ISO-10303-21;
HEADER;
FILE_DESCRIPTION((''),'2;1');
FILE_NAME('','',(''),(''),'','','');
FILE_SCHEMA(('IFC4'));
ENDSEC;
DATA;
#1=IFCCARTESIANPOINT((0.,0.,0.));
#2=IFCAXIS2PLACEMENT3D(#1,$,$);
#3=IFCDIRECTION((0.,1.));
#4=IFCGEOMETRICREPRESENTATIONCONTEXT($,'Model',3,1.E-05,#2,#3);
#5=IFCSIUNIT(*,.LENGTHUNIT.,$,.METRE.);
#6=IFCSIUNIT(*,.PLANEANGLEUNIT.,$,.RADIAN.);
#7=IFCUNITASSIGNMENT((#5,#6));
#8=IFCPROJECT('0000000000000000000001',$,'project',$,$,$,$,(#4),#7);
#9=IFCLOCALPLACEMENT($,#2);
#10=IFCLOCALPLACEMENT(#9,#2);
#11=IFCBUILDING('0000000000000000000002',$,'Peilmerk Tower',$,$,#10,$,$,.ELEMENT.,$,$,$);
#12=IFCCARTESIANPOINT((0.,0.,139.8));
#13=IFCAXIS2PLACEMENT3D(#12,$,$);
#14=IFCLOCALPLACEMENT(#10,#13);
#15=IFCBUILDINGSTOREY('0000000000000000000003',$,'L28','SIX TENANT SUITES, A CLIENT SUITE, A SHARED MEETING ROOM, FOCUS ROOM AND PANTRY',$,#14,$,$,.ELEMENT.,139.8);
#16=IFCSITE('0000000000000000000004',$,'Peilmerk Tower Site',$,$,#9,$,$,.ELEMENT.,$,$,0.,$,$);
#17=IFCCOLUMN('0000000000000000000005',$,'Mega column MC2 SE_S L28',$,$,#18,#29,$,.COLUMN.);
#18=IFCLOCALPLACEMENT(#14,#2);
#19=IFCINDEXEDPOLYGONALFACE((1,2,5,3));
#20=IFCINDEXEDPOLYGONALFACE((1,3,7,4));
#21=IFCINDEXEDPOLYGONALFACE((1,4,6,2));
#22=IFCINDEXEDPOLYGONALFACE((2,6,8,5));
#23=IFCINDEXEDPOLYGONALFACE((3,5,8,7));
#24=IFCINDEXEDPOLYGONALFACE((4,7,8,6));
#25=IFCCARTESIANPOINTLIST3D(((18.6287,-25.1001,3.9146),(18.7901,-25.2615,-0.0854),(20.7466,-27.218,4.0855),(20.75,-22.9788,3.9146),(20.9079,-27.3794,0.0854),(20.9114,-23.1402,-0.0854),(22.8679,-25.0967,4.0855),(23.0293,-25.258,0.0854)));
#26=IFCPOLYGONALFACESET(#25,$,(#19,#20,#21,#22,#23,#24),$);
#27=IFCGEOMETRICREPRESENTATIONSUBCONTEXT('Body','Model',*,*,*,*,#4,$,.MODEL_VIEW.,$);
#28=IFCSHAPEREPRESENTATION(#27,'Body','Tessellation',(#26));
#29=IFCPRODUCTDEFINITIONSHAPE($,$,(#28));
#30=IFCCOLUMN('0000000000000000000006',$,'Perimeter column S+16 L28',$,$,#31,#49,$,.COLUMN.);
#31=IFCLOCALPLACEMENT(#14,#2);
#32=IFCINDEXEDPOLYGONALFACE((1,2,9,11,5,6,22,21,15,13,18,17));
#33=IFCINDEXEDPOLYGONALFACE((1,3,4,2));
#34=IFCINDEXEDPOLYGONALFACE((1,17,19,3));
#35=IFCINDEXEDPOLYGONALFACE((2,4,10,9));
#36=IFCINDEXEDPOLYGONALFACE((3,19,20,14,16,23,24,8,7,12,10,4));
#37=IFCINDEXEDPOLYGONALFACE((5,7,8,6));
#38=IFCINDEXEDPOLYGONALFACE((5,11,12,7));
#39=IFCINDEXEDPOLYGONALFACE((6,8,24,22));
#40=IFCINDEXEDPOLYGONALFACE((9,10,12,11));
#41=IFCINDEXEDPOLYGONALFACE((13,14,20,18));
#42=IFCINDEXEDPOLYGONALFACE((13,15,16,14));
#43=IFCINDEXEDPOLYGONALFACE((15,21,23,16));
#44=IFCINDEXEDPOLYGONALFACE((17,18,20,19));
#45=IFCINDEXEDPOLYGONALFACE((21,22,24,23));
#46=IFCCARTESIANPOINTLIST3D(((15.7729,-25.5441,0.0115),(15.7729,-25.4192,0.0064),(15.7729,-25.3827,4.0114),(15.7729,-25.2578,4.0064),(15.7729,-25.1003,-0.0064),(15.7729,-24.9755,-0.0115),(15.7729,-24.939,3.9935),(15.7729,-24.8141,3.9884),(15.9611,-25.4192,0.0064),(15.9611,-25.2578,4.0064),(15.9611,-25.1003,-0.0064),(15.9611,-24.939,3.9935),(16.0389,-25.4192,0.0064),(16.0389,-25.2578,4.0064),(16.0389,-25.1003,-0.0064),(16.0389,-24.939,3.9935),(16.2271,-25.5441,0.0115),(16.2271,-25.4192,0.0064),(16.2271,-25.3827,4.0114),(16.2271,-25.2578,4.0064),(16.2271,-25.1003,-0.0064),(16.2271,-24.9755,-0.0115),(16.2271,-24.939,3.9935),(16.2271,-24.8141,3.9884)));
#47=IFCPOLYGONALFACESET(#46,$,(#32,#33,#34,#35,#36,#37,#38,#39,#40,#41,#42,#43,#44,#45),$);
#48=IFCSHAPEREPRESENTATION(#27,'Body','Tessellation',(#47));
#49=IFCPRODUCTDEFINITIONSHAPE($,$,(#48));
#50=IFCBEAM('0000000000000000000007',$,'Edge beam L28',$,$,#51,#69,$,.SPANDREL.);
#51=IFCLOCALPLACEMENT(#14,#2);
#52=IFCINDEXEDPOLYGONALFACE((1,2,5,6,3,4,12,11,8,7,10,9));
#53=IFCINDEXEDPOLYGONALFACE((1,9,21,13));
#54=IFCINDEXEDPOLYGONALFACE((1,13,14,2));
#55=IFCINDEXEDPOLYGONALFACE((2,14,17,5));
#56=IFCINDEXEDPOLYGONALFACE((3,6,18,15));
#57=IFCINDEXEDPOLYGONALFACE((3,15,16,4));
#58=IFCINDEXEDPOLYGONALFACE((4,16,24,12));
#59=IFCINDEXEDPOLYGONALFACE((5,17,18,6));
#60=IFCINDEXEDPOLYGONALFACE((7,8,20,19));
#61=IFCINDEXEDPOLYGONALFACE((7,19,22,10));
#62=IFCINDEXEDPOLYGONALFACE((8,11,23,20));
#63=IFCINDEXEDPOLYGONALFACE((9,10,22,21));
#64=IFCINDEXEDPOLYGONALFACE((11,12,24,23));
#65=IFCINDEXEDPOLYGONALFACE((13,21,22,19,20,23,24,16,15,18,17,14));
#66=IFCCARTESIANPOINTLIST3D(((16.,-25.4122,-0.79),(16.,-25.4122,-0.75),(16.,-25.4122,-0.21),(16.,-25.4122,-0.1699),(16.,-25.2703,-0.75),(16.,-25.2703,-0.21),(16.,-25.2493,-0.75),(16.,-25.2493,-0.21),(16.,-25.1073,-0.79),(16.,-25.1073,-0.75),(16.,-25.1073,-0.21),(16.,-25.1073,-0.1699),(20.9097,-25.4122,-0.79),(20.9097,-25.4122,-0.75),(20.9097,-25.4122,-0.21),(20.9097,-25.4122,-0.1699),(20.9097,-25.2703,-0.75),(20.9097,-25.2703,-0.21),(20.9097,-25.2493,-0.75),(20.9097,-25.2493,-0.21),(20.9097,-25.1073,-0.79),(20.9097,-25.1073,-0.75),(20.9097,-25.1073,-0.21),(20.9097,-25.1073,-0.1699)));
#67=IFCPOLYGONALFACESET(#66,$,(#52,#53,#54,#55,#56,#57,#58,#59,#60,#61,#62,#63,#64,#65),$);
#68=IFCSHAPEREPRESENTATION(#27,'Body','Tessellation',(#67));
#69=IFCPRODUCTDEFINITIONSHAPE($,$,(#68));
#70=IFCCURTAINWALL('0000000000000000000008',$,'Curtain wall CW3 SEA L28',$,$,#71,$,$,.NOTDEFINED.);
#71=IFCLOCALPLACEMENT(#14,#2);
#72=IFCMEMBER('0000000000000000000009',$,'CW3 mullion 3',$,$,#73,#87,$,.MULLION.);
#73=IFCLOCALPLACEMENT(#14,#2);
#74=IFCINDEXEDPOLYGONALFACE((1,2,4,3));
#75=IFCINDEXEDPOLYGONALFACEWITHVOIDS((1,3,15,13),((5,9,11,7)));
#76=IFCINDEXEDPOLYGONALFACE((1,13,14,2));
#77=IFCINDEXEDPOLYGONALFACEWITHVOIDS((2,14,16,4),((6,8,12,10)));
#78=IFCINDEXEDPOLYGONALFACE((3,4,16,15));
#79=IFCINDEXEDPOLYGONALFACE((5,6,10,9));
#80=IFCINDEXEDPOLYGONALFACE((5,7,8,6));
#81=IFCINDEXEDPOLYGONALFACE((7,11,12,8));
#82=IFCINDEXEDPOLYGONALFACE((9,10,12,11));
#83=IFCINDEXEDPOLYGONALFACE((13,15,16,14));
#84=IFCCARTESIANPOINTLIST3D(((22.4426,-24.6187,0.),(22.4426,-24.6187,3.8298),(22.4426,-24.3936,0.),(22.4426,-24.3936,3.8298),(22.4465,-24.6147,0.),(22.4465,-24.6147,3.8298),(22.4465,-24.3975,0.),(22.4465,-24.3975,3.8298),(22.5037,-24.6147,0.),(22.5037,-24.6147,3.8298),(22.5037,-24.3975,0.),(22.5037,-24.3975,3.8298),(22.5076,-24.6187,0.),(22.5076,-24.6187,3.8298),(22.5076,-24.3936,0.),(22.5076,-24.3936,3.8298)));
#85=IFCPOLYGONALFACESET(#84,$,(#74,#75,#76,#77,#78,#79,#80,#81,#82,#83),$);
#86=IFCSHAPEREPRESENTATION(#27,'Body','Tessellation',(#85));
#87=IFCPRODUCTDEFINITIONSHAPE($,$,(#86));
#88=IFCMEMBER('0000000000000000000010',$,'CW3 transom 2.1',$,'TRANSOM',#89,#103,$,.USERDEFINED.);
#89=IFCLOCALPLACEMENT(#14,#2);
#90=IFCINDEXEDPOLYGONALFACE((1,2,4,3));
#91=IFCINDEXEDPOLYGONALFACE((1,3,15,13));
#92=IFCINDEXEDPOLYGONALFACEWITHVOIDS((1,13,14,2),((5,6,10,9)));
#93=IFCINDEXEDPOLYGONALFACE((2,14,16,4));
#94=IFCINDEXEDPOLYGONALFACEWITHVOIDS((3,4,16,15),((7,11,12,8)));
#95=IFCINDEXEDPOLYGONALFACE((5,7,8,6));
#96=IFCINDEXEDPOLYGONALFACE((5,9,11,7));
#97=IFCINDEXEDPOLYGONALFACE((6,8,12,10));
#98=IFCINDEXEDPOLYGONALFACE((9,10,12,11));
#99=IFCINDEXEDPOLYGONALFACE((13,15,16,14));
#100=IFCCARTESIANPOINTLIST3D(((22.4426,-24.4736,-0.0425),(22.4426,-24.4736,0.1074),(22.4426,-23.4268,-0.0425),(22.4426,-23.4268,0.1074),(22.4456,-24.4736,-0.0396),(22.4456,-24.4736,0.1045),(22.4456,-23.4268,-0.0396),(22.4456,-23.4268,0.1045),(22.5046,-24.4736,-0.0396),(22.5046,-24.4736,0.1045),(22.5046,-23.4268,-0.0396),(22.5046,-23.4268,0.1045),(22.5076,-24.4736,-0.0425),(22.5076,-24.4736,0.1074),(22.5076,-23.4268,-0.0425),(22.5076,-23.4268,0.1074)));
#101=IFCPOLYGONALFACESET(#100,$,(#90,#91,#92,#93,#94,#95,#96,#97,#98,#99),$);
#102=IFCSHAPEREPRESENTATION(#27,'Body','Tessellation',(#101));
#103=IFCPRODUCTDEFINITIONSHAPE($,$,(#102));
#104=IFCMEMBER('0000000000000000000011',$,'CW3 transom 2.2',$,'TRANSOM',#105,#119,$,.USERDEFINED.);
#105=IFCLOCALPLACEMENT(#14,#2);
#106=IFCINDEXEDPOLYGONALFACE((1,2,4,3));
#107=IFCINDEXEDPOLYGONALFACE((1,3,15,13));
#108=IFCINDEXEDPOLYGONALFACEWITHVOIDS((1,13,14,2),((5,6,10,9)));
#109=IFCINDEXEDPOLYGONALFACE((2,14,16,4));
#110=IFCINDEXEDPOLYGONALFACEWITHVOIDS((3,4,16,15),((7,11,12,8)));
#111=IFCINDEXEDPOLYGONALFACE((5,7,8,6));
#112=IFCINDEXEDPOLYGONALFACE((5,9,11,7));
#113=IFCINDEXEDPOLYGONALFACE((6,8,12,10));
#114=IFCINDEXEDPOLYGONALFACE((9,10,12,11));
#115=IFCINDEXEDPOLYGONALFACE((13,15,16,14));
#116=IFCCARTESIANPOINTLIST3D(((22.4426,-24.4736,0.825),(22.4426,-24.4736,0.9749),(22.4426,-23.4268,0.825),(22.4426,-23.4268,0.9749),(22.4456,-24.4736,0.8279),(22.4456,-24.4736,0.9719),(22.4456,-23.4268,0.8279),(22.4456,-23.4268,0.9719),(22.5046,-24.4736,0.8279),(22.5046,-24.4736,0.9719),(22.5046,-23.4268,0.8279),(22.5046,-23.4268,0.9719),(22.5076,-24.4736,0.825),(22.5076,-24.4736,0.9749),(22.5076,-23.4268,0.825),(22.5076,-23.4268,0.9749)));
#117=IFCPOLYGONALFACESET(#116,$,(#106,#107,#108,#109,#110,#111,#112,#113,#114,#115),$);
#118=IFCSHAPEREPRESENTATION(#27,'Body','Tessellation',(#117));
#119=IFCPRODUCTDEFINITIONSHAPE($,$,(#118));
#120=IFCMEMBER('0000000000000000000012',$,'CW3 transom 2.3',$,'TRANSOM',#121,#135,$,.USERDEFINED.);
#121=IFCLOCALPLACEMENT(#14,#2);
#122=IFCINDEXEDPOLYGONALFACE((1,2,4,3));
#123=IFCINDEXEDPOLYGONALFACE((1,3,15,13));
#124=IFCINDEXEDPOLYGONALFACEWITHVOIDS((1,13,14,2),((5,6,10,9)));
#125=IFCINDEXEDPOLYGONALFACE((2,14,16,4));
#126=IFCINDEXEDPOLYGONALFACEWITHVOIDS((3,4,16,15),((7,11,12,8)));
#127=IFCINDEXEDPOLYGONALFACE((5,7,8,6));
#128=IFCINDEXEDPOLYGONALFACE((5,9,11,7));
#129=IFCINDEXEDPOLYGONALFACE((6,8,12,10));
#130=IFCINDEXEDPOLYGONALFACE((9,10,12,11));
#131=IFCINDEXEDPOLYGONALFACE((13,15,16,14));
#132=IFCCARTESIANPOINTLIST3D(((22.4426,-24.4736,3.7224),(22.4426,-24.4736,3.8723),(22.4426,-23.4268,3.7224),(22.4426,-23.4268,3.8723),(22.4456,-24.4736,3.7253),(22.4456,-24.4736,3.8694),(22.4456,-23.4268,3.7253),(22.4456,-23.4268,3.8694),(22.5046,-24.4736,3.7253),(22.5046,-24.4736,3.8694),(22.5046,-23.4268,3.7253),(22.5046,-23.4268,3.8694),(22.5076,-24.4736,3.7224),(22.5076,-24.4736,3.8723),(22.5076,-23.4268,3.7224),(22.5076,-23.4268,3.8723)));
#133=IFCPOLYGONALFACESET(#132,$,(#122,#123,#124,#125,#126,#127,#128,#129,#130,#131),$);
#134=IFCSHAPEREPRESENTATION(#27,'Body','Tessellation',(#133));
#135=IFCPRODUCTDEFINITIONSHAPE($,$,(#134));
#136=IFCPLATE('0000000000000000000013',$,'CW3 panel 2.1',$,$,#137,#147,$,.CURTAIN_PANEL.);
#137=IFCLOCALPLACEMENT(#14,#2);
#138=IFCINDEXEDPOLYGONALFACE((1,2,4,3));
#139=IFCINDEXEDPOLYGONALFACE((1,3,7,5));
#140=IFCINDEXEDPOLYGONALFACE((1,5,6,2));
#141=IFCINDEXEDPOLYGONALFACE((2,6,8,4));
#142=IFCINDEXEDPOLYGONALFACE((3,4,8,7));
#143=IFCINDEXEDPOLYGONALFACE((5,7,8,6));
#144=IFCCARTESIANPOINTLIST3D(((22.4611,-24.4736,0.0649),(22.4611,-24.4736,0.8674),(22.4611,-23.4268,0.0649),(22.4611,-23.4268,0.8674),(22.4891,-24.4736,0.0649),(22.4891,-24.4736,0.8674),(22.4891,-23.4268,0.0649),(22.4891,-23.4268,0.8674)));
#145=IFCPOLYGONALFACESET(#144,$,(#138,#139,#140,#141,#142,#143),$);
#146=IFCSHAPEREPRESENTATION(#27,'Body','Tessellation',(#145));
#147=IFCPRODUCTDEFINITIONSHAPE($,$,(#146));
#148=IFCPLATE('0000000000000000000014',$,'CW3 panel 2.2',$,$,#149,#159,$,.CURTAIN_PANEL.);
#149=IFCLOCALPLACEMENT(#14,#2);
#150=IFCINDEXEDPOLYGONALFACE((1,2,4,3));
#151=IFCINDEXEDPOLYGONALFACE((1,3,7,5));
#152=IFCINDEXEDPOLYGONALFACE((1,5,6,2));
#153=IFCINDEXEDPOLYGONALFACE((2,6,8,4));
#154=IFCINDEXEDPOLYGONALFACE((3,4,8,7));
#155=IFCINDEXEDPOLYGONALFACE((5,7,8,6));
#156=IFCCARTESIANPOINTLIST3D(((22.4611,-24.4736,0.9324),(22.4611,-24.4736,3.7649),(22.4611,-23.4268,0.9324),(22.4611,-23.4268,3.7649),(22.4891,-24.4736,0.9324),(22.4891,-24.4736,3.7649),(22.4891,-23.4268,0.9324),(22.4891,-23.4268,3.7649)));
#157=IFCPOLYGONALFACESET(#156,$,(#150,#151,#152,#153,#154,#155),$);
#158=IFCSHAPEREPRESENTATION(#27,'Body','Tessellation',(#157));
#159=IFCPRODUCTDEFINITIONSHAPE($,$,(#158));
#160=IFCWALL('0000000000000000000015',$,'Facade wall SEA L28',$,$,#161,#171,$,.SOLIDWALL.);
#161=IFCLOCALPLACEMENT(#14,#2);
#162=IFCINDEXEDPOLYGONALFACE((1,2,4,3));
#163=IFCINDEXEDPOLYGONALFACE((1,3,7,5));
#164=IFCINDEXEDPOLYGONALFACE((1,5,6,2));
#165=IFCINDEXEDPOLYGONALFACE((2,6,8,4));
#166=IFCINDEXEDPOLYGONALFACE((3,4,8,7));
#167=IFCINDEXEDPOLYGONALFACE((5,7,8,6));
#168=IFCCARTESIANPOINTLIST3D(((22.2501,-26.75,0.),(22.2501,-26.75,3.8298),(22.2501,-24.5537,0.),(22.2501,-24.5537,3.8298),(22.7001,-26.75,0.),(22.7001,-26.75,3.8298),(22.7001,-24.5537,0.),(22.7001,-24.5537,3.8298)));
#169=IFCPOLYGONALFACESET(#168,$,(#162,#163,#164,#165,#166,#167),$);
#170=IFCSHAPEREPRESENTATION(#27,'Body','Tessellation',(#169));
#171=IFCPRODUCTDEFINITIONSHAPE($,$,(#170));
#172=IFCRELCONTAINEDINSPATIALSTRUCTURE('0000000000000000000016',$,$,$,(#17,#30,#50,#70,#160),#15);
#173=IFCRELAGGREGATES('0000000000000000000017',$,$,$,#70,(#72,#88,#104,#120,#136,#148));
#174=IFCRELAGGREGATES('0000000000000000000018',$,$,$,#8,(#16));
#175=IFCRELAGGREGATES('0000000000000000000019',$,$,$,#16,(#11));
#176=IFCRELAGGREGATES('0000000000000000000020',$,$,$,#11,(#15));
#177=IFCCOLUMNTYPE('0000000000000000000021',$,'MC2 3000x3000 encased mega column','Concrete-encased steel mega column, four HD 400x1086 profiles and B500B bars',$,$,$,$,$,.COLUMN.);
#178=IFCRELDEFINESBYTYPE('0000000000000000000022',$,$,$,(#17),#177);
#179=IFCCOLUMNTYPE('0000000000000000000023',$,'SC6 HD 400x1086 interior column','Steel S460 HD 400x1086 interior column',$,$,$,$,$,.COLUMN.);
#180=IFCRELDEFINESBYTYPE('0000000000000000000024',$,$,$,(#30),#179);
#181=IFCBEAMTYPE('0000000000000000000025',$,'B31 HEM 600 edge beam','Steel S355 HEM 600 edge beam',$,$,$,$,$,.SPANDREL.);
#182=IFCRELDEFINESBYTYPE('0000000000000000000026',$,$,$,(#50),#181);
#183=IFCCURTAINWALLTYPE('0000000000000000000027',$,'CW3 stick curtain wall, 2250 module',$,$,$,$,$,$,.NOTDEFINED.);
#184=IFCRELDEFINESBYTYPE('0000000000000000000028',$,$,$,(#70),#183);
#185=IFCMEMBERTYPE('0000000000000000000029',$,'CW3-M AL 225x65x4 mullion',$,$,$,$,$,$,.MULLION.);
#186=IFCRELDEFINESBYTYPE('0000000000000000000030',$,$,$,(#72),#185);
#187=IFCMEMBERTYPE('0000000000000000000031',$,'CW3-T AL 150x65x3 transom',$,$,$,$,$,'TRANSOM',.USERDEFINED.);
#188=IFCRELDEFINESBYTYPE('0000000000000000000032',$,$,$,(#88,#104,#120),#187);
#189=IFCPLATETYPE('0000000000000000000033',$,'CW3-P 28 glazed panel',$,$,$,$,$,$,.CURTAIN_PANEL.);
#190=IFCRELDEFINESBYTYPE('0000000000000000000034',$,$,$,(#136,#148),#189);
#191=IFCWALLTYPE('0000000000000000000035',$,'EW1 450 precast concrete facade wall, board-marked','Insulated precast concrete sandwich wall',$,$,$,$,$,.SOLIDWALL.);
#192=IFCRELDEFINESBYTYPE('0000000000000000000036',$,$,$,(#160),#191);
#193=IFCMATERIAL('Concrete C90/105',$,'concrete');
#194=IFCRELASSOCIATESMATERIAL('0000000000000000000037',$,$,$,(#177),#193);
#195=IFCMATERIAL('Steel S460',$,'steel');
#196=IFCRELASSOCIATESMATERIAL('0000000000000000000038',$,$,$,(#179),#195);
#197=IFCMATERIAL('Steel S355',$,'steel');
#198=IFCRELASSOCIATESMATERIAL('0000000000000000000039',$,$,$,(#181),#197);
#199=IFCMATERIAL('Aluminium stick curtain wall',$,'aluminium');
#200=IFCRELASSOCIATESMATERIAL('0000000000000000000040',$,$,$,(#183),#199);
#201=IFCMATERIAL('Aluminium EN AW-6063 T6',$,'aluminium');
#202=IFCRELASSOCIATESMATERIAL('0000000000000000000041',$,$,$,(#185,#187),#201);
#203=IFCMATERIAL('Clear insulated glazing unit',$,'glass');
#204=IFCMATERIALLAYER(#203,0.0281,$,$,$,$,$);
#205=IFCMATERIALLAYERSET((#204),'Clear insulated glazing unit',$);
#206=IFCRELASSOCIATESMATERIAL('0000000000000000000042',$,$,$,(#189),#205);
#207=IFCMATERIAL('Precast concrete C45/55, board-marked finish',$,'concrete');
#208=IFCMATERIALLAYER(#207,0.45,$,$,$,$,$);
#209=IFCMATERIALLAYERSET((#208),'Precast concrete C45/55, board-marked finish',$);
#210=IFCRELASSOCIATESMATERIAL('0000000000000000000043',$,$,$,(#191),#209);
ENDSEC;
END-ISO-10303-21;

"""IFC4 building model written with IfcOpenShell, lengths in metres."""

from ifc_helpers import new_model, si_unit, direction, frame, frame_2d, origin, origin_2d, place, context, subcontext, project, spatial, rectangle, hollow_rectangle, i_section, extrude, material, layer, layer_set, material_profile, profile_set, type_object, element, aggregate, save


model = new_model("IFC4")

# Units and contexts
model_context = context("Model", 3, precision=1e-05, world=origin(), true_north=direction((0.0, 1.0)))
body_context = subcontext(model_context, "Body", "Model", "MODEL_VIEW")
ifc_project = project(units=[si_unit("LENGTHUNIT", "METRE"), si_unit("PLANEANGLEUNIT", "RADIAN")], contexts=[model_context])

# Site, building, storey
site_placement = place(None, origin())
site = spatial("IfcSite", under=ifc_project, at=site_placement, Name="Peilmerk Tower Site", CompositionType="ELEMENT", RefElevation=0.0)
building_placement = place(site_placement, origin())
building = spatial("IfcBuilding", under=site, at=building_placement, Name="Peilmerk Tower", CompositionType="ELEMENT")
storey_placement = place(building_placement, frame((0.0, 0.0, 139.8)))
storey = spatial("IfcBuildingStorey", under=building, at=storey_placement, Name="L28", Description="SIX TENANT SUITES, A CLIENT SUITE, A SHARED MEETING ROOM, FOCUS ROOM AND PANTRY", CompositionType="ELEMENT", Elevation=139.8)

# Columns
ifc_material_1 = material(Name="Concrete C90/105", Category="concrete")
ifc_material_profile_1 = material_profile(ifc_material_1, rectangle(XDim=3.0, YDim=3.0, at=origin_2d()), Name="RC 3000x3000")
ifc_profile_set_1 = profile_set([ifc_material_profile_1], Name="Concrete C90/105")
column_type_1 = type_object("IfcColumnType", Name="MC2 3000x3000 encased mega column", Description="Concrete-encased steel mega column, four HD 400x1086 profiles and B500B bars", PredefinedType="COLUMN", material=ifc_profile_set_1)
column_1_placement = place(storey_placement, frame((20.9097, -25.2598, 0.0), z_axis=(-0.040279, 0.040279, 0.998376), x_axis=(-0.707107, -0.707107, 0.0)))
element("IfcColumn", 1, at=column_1_placement, inside=storey, type_object=column_type_1, Name="Mega column MC2 SE_S L28", PredefinedType="COLUMN", context=body_context, shape_type="SweptSolid", body=[
    extrude(rectangle(XDim=3.0, YDim=3.0, at=origin_2d()), origin(), (0.0, 0.0, 1.0), 4.0066),
])
ifc_material_2 = material(Name="Steel S460", Category="steel")
ifc_material_profile_2 = material_profile(ifc_material_2, i_section(OverallWidth=0.4541, OverallDepth=0.5691, WebThickness=0.0779, FlangeThickness=0.125, at=origin_2d()), Name="HD 400x1086")
ifc_profile_set_2 = profile_set([ifc_material_profile_2], Name="Steel S460")
column_type_2 = type_object("IfcColumnType", Name="SC6 HD 400x1086 interior column", Description="Steel S460 HD 400x1086 interior column", PredefinedType="COLUMN", material=ifc_profile_set_2)
column_2_placement = place(storey_placement, frame((16.0, -25.2598, 0.0), z_axis=(0.0, 0.040311, 0.999187), x_axis=(-1.0, 0.0, 0.0)))
element("IfcColumn", 2, at=column_2_placement, inside=storey, type_object=column_type_2, Name="Perimeter column S+16 L28", PredefinedType="COLUMN", context=body_context, shape_type="SweptSolid", body=[
    extrude(i_section(OverallWidth=0.4541, OverallDepth=0.5691, WebThickness=0.0779, FlangeThickness=0.125, at=origin_2d()), origin(), (0.0, 0.0, 1.0), 4.0032),
])

# Beam
ifc_material_3 = material(Name="Steel S355", Category="steel")
ifc_material_profile_3 = material_profile(ifc_material_3, i_section(OverallWidth=0.3049, OverallDepth=0.6201, WebThickness=0.021, FlangeThickness=0.04, at=origin_2d()), Name="HEM 600")
ifc_profile_set_3 = profile_set([ifc_material_profile_3], Name="Steel S355")
beam_type = type_object("IfcBeamType", Name="B31 HEM 600 edge beam", Description="Steel S355 HEM 600 edge beam", PredefinedType="SPANDREL", material=ifc_profile_set_3)
beam_placement = place(storey_placement, frame((16.0, -25.2598, -0.48), z_axis=(1.0, 0.0, 0.0), x_axis=(0.0, 1.0, 0.0)))
element("IfcBeam", 3, at=beam_placement, inside=storey, type_object=beam_type, Name="Edge beam L28", PredefinedType="SPANDREL", context=body_context, shape_type="SweptSolid", body=[
    extrude(i_section(OverallWidth=0.3049, OverallDepth=0.6201, WebThickness=0.021, FlangeThickness=0.04, at=origin_2d()), origin(), (0.0, 0.0, 1.0), 4.9097),
])

# Curtain wall, members, plates
ifc_material_4 = material(Name="Aluminium stick curtain wall", Category="aluminium")
curtain_wall_type = type_object("IfcCurtainWallType", Name="CW3 stick curtain wall, 2250 module", PredefinedType="NOTDEFINED", material=ifc_material_4)
curtain_wall_placement = place(storey_placement, origin())
curtain_wall = element("IfcCurtainWall", 4, at=curtain_wall_placement, inside=storey, type_object=curtain_wall_type, Name="Curtain wall CW3 SEA L28", PredefinedType="NOTDEFINED")
ifc_material_5 = material(Name="Aluminium EN AW-6063 T6", Category="aluminium")
ifc_material_profile_4 = material_profile(ifc_material_5, hollow_rectangle(XDim=0.0649, YDim=0.2251, WallThickness=0.0039, at=origin_2d()), Name="AL 225x65x4")
ifc_profile_set_4 = profile_set([ifc_material_profile_4], Name="Aluminium EN AW-6063 T6")
member_type_1 = type_object("IfcMemberType", Name="CW3-M AL 225x65x4 mullion", PredefinedType="MULLION", material=ifc_profile_set_4)
member_1_placement = place(storey_placement, frame((22.4751, -24.5061, 0.0), z_axis=(0.0, 0.0, 1.0), x_axis=(1.0, 0.0, 0.0)))
member_1 = element("IfcMember", 5, at=member_1_placement, type_object=member_type_1, Name="CW3 mullion 3", PredefinedType="MULLION", context=body_context, shape_type="SweptSolid", body=[
    extrude(hollow_rectangle(XDim=0.0649, YDim=0.2251, WallThickness=0.0039, at=origin_2d()), origin(), (0.0, 0.0, 1.0), 3.8298),
])
ifc_material_profile_5 = material_profile(ifc_material_5, hollow_rectangle(XDim=0.0649, YDim=0.1499, WallThickness=0.0029, at=origin_2d()), Name="AL 150x65x3")
ifc_profile_set_5 = profile_set([ifc_material_profile_5], Name="Aluminium EN AW-6063 T6")
member_type_2 = type_object("IfcMemberType", Name="CW3-T AL 150x65x3 transom", ElementType="TRANSOM", PredefinedType="USERDEFINED", material=ifc_profile_set_5)
member_2_placement = place(storey_placement, frame((22.4751, -23.4268, 0.0325), z_axis=(0.0, -1.0, 0.0), x_axis=(1.0, 0.0, 0.0)))
member_2 = element("IfcMember", 6, at=member_2_placement, type_object=member_type_2, Name="CW3 transom 2.1", ObjectType="TRANSOM", PredefinedType="USERDEFINED", context=body_context, shape_type="SweptSolid", body=[
    extrude(hollow_rectangle(XDim=0.0649, YDim=0.1499, WallThickness=0.0029, at=origin_2d()), origin(), (0.0, 0.0, 1.0), 1.0469),
])
member_3_placement = place(storey_placement, frame((22.4751, -23.4268, 0.8999), z_axis=(0.0, -1.0, 0.0), x_axis=(1.0, 0.0, 0.0)))
member_3 = element("IfcMember", 7, at=member_3_placement, type_object=member_type_2, Name="CW3 transom 2.2", ObjectType="TRANSOM", PredefinedType="USERDEFINED", context=body_context, shape_type="SweptSolid", body=[
    extrude(hollow_rectangle(XDim=0.0649, YDim=0.1499, WallThickness=0.0029, at=origin_2d()), origin(), (0.0, 0.0, 1.0), 1.0469),
])
member_4_placement = place(storey_placement, frame((22.4751, -23.4268, 3.7974), z_axis=(0.0, -1.0, 0.0), x_axis=(1.0, 0.0, 0.0)))
member_4 = element("IfcMember", 8, at=member_4_placement, type_object=member_type_2, Name="CW3 transom 2.3", ObjectType="TRANSOM", PredefinedType="USERDEFINED", context=body_context, shape_type="SweptSolid", body=[
    extrude(hollow_rectangle(XDim=0.0649, YDim=0.1499, WallThickness=0.0029, at=origin_2d()), origin(), (0.0, 0.0, 1.0), 1.0469),
])
ifc_material_6 = material(Name="Clear insulated glazing unit", Category="glass")
ifc_layer_1 = layer(ifc_material_6, 0.0281)
ifc_layer_set_1 = layer_set([ifc_layer_1], Name="Clear insulated glazing unit")
plate_type = type_object("IfcPlateType", Name="CW3-P 28 glazed panel", PredefinedType="CURTAIN_PANEL", material=ifc_layer_set_1)
plate_1_placement = place(storey_placement, frame((22.4751, -23.9502, 0.0649), z_axis=(0.0, 0.0, 1.0), x_axis=(0.0, -1.0, 0.0)))
plate_1 = element("IfcPlate", 9, at=plate_1_placement, type_object=plate_type, Name="CW3 panel 2.1", PredefinedType="CURTAIN_PANEL", context=body_context, shape_type="SweptSolid", body=[
    extrude(rectangle(XDim=1.0469, YDim=0.0281, at=origin_2d()), origin(), (0.0, 0.0, 1.0), 0.8025),
])
plate_2_placement = place(storey_placement, frame((22.4751, -23.9502, 0.9324), z_axis=(0.0, 0.0, 1.0), x_axis=(0.0, -1.0, 0.0)))
plate_2 = element("IfcPlate", 10, at=plate_2_placement, type_object=plate_type, Name="CW3 panel 2.2", PredefinedType="CURTAIN_PANEL", context=body_context, shape_type="SweptSolid", body=[
    extrude(rectangle(XDim=1.0469, YDim=0.0281, at=origin_2d()), origin(), (0.0, 0.0, 1.0), 2.8325),
])
aggregate(curtain_wall, [member_1, member_2, member_3, member_4, plate_1, plate_2])

# Wall
ifc_material_7 = material(Name="Precast concrete C45/55, board-marked finish", Category="concrete")
ifc_layer_2 = layer(ifc_material_7, 0.45)
ifc_layer_set_2 = layer_set([ifc_layer_2], Name="Precast concrete C45/55, board-marked finish")
wall_type = type_object("IfcWallType", Name="EW1 450 precast concrete facade wall, board-marked", Description="Insulated precast concrete sandwich wall", PredefinedType="SOLIDWALL", material=ifc_layer_set_2)
wall_placement = place(storey_placement, frame((22.4751, -24.5537, 0.0), z_axis=(0.0, 0.0, 1.0), x_axis=(0.0, -1.0, 0.0)))
element("IfcWall", 11, at=wall_placement, inside=storey, type_object=wall_type, Name="Facade wall SEA L28", PredefinedType="SOLIDWALL", context=body_context, shape_type="SweptSolid", body=[
    extrude(rectangle(XDim=2.1963, YDim=0.45, at=frame_2d((1.0981, 0.0))), origin(), (0.0, 0.0, 1.0), 3.8298),
])

save(model, "model.ifc")
